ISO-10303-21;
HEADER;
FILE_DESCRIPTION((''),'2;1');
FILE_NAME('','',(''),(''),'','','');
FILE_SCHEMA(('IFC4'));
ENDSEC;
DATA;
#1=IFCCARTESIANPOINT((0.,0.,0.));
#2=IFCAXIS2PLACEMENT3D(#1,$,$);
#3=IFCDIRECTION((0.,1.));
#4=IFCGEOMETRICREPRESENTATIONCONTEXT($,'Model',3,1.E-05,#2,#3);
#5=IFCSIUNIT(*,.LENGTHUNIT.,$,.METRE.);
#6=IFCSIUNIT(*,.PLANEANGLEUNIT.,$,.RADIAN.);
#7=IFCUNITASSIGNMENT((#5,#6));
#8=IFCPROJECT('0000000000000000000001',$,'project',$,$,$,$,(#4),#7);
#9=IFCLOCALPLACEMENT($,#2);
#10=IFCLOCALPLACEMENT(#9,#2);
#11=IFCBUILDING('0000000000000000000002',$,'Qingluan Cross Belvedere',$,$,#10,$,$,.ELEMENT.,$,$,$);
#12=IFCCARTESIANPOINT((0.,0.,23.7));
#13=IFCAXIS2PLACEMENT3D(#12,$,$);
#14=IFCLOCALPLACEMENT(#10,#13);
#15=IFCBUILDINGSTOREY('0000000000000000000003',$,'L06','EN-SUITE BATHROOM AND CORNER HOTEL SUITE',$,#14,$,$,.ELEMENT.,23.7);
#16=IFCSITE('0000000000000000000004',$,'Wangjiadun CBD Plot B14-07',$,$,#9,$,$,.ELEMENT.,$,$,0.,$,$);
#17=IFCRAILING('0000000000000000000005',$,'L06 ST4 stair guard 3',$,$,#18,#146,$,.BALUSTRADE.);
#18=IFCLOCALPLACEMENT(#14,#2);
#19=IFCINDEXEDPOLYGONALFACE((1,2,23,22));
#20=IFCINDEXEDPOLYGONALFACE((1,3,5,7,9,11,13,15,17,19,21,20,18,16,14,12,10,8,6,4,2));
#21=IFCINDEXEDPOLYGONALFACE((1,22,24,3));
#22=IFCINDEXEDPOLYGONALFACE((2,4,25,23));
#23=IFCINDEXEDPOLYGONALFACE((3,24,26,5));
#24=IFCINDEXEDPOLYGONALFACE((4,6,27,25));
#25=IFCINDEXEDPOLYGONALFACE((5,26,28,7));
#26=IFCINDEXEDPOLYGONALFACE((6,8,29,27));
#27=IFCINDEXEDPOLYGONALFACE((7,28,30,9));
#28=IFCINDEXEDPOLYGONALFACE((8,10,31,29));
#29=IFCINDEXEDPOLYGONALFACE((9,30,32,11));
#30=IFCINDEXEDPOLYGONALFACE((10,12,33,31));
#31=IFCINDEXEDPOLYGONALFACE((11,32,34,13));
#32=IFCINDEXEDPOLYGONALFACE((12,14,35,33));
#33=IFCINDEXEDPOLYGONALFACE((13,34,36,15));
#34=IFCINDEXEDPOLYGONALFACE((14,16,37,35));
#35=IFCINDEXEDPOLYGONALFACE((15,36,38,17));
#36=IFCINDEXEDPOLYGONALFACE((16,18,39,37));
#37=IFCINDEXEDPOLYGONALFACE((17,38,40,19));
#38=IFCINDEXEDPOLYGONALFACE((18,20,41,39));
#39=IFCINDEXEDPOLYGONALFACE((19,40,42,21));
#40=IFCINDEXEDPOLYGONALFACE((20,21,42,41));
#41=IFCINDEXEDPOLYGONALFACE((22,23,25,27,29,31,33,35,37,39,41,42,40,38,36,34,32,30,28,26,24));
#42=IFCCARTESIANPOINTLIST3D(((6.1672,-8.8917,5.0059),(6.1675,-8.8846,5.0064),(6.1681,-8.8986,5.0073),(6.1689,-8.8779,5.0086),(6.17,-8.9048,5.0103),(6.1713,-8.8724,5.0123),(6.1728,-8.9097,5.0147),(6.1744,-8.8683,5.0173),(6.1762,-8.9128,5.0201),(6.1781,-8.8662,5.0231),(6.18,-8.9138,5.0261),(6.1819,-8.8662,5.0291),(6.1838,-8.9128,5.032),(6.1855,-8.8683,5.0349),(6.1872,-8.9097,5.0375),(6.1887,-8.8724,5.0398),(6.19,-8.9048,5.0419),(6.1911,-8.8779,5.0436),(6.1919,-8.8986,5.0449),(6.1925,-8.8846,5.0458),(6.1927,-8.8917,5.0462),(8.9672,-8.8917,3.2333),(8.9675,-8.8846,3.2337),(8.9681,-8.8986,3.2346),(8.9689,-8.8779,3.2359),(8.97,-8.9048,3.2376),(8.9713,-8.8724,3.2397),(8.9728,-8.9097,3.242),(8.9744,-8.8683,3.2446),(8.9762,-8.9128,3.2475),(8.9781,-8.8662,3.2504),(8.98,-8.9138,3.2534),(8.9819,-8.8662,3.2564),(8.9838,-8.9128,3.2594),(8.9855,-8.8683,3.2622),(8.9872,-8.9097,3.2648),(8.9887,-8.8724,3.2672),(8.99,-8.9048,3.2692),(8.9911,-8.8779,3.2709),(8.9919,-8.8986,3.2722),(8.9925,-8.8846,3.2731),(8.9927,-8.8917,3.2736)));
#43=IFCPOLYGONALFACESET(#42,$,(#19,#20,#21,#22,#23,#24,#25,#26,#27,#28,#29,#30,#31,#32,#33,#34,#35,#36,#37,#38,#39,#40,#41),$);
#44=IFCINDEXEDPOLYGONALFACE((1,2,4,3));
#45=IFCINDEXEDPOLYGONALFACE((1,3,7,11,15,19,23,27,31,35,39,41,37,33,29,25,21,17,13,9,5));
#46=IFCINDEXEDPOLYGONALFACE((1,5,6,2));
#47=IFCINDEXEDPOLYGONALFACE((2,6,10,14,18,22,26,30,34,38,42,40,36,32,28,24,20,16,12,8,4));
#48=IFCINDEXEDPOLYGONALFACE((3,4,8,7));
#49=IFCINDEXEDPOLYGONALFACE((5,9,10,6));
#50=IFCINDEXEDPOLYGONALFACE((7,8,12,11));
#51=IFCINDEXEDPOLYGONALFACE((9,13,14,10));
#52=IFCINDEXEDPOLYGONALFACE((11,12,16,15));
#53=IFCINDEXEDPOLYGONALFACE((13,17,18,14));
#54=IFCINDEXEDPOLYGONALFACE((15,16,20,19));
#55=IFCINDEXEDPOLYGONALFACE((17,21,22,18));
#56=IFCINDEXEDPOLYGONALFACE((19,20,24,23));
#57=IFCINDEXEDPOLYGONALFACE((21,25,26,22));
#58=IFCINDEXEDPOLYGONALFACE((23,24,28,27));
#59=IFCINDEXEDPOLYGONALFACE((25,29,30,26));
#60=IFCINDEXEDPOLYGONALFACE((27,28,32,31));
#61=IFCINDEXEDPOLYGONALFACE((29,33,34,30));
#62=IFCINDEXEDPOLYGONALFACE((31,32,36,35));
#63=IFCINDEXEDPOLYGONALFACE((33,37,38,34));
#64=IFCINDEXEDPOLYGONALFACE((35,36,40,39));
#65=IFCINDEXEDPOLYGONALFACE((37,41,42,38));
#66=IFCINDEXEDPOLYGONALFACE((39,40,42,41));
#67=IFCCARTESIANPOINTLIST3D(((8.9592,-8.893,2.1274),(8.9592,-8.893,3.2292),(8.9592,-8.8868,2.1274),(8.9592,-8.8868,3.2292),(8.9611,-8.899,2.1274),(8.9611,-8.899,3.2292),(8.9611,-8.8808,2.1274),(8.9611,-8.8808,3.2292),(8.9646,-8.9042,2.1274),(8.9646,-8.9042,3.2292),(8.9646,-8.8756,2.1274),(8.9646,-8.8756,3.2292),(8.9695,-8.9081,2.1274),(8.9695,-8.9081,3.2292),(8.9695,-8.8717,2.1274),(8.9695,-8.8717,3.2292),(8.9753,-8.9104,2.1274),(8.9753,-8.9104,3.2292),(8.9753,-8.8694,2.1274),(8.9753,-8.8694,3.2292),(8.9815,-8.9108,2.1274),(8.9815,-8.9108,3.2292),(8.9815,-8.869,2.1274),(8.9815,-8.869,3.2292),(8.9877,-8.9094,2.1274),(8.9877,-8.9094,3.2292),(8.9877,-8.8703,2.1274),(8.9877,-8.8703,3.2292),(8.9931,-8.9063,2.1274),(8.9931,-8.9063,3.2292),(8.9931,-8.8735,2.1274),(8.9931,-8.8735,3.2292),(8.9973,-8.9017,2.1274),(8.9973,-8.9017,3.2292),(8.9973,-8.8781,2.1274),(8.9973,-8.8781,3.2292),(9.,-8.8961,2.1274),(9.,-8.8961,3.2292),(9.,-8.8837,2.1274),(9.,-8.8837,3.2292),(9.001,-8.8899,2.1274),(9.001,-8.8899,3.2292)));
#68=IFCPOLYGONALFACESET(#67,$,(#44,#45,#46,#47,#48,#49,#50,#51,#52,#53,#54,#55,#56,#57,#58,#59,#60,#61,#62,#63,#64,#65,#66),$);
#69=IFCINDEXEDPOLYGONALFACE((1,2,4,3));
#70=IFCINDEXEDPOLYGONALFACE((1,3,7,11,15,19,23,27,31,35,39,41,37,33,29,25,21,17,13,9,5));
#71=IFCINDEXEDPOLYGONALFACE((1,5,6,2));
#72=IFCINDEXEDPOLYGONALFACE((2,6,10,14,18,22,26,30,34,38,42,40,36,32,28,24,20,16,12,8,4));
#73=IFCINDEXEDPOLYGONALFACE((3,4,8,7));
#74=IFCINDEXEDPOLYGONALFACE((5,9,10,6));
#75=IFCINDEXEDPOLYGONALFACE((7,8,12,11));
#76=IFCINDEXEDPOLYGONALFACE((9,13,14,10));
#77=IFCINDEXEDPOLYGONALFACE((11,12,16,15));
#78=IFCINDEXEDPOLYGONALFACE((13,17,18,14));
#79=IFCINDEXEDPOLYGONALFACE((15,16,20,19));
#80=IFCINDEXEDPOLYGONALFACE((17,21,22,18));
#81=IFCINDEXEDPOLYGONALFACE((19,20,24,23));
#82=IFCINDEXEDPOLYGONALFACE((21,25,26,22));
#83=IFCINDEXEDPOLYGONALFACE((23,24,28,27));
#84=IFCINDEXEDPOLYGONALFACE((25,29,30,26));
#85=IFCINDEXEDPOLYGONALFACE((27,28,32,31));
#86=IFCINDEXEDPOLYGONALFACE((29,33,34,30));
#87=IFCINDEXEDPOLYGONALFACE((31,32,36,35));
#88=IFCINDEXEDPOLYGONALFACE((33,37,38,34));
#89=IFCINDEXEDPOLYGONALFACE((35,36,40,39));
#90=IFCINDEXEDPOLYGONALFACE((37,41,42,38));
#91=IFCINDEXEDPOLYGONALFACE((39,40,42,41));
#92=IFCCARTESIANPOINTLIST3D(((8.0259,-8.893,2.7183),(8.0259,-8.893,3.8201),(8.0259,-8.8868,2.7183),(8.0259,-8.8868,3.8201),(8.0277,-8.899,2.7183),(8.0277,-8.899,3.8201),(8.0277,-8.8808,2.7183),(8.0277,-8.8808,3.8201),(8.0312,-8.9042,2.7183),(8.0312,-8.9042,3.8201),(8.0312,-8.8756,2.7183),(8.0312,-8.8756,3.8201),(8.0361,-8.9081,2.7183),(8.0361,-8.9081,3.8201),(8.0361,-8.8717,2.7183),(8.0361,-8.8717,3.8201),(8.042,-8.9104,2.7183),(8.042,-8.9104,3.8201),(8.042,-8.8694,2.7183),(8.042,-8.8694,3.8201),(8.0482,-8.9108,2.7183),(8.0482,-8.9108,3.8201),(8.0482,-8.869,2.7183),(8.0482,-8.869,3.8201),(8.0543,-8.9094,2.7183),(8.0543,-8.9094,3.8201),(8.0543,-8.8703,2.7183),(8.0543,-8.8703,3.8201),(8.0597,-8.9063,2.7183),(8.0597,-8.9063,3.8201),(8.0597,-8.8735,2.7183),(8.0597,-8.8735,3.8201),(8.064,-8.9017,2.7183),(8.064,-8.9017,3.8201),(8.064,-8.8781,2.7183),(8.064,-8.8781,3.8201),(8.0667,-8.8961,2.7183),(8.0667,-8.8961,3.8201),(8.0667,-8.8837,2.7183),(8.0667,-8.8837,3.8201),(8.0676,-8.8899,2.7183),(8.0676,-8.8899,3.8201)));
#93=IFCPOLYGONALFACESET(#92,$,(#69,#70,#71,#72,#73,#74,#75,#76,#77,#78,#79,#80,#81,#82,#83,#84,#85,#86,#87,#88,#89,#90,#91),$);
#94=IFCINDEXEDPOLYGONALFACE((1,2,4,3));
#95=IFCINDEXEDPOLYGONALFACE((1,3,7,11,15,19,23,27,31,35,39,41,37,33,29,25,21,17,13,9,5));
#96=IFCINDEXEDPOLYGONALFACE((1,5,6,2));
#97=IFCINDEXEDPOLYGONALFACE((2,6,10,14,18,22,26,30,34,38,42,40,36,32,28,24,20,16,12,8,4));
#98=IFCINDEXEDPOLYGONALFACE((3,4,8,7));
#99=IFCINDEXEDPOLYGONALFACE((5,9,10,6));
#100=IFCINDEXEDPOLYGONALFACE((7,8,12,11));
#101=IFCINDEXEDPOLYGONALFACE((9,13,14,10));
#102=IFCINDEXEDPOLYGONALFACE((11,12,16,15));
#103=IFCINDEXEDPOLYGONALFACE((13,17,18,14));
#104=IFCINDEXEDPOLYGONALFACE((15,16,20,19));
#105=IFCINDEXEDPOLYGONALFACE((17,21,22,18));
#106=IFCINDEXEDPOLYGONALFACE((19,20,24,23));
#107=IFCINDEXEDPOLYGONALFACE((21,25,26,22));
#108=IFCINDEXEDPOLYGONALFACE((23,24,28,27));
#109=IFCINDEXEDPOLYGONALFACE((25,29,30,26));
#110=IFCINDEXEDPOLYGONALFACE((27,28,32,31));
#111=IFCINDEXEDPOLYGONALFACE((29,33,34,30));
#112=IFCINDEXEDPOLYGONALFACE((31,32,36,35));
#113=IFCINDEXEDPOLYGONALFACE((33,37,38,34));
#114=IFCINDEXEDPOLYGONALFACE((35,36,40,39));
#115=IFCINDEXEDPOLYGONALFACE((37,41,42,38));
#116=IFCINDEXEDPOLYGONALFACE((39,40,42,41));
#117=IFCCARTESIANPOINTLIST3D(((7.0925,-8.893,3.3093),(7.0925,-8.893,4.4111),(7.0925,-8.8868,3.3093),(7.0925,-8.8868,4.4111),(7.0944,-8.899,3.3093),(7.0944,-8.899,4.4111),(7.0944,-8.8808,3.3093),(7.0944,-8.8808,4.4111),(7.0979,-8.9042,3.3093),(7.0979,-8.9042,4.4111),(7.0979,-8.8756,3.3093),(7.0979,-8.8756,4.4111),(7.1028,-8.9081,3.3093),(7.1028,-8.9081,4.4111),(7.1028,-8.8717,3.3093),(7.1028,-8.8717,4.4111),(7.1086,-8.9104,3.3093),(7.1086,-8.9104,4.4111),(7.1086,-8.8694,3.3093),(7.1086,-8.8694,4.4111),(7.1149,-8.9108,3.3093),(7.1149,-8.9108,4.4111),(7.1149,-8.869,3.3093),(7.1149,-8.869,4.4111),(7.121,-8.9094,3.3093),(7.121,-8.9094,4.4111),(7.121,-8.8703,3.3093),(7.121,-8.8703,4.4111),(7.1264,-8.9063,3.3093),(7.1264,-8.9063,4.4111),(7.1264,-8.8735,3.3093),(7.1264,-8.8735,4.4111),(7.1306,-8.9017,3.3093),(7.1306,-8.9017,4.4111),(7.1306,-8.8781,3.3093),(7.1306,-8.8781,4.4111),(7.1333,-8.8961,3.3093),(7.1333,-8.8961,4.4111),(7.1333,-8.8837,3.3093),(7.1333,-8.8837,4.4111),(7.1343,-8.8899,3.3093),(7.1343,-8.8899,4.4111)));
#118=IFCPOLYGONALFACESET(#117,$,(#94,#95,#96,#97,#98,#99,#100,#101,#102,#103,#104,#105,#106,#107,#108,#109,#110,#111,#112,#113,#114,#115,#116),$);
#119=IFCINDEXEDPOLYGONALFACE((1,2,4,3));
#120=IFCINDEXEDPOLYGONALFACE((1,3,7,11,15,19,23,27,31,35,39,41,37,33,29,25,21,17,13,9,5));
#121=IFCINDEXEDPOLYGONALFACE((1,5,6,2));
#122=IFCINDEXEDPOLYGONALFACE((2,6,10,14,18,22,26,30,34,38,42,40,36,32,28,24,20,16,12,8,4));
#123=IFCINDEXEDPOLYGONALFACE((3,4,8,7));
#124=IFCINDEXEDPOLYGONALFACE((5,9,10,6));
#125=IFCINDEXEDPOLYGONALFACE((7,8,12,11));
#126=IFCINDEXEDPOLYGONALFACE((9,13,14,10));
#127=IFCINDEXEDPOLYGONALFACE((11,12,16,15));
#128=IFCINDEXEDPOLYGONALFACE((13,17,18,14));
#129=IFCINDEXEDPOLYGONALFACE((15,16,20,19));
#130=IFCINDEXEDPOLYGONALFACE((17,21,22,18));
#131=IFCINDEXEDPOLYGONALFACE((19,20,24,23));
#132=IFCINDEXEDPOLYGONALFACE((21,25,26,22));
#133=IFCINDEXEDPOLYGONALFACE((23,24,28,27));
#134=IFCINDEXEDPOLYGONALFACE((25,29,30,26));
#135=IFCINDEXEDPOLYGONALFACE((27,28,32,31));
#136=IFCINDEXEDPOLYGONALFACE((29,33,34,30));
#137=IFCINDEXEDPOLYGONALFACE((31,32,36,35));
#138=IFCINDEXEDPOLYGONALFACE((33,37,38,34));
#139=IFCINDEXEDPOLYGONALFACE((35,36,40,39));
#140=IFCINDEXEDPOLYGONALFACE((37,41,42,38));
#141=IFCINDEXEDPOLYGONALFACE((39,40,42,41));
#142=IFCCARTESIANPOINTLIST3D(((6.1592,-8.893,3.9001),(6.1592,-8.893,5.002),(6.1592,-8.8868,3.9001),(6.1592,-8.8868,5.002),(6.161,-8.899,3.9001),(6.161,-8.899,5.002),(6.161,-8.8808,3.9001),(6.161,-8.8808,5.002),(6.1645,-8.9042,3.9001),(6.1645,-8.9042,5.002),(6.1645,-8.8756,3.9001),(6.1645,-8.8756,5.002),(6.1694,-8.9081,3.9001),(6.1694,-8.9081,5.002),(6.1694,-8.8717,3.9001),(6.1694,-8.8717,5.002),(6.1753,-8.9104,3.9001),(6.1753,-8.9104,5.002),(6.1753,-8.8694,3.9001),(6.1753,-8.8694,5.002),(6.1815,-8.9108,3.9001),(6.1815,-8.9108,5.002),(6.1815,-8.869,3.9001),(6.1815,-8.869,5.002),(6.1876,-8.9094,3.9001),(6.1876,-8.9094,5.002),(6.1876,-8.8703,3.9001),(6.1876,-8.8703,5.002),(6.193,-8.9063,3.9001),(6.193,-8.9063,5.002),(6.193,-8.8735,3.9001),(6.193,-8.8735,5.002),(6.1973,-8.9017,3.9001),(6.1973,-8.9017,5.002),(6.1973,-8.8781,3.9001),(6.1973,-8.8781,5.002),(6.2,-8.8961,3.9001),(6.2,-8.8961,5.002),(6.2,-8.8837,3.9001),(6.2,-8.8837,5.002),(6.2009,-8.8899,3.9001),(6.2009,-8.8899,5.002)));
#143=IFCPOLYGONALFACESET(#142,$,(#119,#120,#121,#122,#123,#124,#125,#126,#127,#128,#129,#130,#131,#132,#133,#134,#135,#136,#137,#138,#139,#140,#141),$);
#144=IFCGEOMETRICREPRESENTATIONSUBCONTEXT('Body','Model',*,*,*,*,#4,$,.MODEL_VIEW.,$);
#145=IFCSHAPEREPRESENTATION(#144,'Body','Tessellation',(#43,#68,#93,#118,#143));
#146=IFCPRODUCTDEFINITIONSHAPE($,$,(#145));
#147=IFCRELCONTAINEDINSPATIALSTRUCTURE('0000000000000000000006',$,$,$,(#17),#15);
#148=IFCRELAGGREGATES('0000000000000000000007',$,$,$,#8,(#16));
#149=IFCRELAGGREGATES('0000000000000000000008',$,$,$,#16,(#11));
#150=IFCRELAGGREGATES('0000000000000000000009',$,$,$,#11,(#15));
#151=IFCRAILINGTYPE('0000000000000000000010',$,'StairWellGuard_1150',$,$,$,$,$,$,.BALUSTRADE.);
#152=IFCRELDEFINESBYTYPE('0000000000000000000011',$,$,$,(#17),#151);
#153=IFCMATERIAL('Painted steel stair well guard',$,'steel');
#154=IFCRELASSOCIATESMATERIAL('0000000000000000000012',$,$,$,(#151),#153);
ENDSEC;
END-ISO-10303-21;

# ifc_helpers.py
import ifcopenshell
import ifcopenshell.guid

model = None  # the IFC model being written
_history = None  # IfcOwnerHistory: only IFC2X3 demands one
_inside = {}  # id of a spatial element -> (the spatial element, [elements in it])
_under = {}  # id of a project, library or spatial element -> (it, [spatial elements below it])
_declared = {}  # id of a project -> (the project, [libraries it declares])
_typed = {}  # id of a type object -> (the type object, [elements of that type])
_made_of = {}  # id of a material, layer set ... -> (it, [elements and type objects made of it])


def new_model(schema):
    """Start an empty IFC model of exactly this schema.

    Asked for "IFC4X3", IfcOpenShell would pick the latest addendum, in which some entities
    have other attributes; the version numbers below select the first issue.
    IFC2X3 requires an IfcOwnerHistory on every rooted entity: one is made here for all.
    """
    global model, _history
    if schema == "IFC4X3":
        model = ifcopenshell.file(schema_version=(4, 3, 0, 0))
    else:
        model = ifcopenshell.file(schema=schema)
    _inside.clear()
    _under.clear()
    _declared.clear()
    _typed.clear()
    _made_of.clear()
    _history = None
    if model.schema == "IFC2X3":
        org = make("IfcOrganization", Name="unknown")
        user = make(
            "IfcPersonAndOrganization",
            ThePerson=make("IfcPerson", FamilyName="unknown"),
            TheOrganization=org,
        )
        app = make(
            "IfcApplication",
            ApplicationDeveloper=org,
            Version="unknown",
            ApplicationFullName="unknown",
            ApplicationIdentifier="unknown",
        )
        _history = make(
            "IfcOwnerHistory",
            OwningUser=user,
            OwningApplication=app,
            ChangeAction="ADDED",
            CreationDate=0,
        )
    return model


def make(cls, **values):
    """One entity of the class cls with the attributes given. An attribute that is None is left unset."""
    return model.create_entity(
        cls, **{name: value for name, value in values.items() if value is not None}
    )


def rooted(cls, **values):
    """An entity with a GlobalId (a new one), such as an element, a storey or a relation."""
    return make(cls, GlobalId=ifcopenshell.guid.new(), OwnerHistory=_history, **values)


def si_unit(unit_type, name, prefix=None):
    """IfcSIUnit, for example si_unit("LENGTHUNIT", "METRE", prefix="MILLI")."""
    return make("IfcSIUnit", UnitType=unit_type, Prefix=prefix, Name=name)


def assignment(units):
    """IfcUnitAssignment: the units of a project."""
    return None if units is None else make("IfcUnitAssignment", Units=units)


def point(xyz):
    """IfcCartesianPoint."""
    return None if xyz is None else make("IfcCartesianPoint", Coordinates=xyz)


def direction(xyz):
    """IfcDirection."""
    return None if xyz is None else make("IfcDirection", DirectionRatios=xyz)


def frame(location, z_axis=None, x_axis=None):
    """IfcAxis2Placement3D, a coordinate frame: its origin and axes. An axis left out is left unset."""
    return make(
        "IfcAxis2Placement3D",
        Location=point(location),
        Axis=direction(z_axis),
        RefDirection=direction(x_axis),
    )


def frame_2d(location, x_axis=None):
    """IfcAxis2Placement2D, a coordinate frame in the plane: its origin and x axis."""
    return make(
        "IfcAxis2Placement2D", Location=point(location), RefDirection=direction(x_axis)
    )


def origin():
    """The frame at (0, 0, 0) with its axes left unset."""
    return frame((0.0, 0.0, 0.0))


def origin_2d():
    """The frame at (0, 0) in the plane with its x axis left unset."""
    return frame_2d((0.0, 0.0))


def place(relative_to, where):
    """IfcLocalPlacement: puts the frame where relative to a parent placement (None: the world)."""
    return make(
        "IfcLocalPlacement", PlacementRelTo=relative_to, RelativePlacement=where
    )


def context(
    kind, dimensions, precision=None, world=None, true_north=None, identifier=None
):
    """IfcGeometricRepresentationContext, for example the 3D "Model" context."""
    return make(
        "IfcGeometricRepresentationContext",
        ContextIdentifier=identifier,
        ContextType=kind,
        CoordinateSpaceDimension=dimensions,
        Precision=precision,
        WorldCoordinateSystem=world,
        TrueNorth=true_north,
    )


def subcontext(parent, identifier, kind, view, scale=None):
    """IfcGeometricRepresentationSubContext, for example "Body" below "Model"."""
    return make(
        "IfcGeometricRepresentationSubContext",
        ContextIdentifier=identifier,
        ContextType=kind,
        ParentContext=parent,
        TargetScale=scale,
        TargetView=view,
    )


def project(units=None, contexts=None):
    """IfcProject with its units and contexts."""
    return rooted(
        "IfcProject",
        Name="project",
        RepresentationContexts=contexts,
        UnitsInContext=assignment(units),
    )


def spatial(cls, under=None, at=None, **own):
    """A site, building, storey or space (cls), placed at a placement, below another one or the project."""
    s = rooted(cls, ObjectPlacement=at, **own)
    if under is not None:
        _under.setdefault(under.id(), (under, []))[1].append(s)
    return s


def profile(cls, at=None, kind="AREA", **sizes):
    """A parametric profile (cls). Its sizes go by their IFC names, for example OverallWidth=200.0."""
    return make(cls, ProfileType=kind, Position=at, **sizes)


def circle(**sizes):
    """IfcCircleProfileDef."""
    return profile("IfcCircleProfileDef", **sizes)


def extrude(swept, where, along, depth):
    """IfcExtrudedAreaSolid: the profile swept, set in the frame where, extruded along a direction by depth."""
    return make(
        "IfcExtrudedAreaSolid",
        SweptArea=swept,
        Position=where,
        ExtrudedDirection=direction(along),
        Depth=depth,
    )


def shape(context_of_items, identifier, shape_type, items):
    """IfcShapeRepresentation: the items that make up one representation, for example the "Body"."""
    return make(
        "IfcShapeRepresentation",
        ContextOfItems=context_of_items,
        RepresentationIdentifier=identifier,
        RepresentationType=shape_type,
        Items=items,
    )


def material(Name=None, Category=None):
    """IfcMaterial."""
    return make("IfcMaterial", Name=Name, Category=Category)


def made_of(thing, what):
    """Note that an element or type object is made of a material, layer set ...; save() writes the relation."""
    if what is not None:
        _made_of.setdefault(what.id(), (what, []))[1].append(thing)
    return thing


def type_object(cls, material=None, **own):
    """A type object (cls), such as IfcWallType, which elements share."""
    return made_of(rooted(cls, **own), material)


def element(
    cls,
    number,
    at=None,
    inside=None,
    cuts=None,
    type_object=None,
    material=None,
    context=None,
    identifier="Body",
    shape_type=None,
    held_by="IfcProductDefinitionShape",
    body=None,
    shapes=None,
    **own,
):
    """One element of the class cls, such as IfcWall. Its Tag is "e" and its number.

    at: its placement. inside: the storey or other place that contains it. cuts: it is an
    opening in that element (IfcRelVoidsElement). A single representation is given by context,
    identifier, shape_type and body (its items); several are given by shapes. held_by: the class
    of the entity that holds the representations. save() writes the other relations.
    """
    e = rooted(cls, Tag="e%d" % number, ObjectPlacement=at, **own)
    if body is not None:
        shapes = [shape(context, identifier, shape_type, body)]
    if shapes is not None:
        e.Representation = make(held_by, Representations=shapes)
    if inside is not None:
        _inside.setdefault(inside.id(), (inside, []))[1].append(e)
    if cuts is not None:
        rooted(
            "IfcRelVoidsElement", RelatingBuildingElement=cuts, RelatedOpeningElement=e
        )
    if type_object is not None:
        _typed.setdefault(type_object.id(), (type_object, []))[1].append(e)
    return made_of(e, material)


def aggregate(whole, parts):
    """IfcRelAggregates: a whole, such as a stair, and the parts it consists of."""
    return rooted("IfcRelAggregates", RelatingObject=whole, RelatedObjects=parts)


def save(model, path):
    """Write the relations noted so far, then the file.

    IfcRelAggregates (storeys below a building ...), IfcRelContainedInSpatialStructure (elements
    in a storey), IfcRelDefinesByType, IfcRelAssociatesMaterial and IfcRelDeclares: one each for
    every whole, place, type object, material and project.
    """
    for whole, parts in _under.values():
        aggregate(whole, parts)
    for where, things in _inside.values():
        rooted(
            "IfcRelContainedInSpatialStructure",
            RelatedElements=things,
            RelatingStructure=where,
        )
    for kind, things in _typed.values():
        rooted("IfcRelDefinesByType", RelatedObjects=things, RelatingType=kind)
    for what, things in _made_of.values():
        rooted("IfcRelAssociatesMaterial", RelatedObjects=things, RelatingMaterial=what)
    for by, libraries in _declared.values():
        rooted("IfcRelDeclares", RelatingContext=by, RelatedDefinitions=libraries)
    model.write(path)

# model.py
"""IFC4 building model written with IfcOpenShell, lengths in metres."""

from ifc_helpers import new_model, si_unit, direction, frame, origin, origin_2d, place, context, subcontext, project, spatial, circle, extrude, material, type_object, element, save


model = new_model("IFC4")

# Units and contexts
model_context = context("Model", 3, precision=1e-05, world=origin(), true_north=direction((0.0, 1.0)))
body_context = subcontext(model_context, "Body", "Model", "MODEL_VIEW")
ifc_project = project(units=[si_unit("LENGTHUNIT", "METRE"), si_unit("PLANEANGLEUNIT", "RADIAN")], contexts=[model_context])

# Site, building, storey
site_placement = place(None, origin())
site = spatial("IfcSite", under=ifc_project, at=site_placement, Name="Wangjiadun CBD Plot B14-07", CompositionType="ELEMENT", RefElevation=0.0)
building_placement = place(site_placement, origin())
building = spatial("IfcBuilding", under=site, at=building_placement, Name="Qingluan Cross Belvedere", CompositionType="ELEMENT")
storey_placement = place(building_placement, frame((0.0, 0.0, 23.7)))
storey = spatial("IfcBuildingStorey", under=building, at=storey_placement, Name="L06", Description="EN-SUITE BATHROOM AND CORNER HOTEL SUITE", CompositionType="ELEMENT", Elevation=23.7)

# Railing
ifc_material_1 = material(Name="Painted steel stair well guard", Category="steel")
railing_type_1 = type_object("IfcRailingType", Name="StairWellGuard_1150", PredefinedType="BALUSTRADE", material=ifc_material_1)
railing_1_placement = place(storey_placement, frame((8.98, -8.8899, 2.1274)))
element("IfcRailing", 1, at=railing_1_placement, inside=storey, type_object=railing_type_1, Name="L06 ST4 stair guard 3", PredefinedType="BALUSTRADE", context=body_context, shape_type="SweptSolid", body=[
    extrude(circle(Radius=0.0239, at=origin_2d()), frame((0.0, 0.0, 1.126), z_axis=(-0.844909, 0.0, 0.53491), x_axis=(0.0, -1.0, 0.0)), (0.0, 0.0, 1.0), 3.314),
    extrude(circle(Radius=0.021, at=origin_2d()), origin(), (0.0, 0.0, 1.0), 1.1018),
    extrude(circle(Radius=0.021, at=origin_2d()), frame((-0.9333, 0.0, 0.5908)), (0.0, 0.0, 1.0), 1.1018),
    extrude(circle(Radius=0.021, at=origin_2d()), frame((-1.8667, 0.0, 1.1819)), (0.0, 0.0, 1.0), 1.1018),
    extrude(circle(Radius=0.021, at=origin_2d()), frame((-2.8, 0.0, 1.7727)), (0.0, 0.0, 1.0), 1.1018),
])

save(model, "model.ifc")
